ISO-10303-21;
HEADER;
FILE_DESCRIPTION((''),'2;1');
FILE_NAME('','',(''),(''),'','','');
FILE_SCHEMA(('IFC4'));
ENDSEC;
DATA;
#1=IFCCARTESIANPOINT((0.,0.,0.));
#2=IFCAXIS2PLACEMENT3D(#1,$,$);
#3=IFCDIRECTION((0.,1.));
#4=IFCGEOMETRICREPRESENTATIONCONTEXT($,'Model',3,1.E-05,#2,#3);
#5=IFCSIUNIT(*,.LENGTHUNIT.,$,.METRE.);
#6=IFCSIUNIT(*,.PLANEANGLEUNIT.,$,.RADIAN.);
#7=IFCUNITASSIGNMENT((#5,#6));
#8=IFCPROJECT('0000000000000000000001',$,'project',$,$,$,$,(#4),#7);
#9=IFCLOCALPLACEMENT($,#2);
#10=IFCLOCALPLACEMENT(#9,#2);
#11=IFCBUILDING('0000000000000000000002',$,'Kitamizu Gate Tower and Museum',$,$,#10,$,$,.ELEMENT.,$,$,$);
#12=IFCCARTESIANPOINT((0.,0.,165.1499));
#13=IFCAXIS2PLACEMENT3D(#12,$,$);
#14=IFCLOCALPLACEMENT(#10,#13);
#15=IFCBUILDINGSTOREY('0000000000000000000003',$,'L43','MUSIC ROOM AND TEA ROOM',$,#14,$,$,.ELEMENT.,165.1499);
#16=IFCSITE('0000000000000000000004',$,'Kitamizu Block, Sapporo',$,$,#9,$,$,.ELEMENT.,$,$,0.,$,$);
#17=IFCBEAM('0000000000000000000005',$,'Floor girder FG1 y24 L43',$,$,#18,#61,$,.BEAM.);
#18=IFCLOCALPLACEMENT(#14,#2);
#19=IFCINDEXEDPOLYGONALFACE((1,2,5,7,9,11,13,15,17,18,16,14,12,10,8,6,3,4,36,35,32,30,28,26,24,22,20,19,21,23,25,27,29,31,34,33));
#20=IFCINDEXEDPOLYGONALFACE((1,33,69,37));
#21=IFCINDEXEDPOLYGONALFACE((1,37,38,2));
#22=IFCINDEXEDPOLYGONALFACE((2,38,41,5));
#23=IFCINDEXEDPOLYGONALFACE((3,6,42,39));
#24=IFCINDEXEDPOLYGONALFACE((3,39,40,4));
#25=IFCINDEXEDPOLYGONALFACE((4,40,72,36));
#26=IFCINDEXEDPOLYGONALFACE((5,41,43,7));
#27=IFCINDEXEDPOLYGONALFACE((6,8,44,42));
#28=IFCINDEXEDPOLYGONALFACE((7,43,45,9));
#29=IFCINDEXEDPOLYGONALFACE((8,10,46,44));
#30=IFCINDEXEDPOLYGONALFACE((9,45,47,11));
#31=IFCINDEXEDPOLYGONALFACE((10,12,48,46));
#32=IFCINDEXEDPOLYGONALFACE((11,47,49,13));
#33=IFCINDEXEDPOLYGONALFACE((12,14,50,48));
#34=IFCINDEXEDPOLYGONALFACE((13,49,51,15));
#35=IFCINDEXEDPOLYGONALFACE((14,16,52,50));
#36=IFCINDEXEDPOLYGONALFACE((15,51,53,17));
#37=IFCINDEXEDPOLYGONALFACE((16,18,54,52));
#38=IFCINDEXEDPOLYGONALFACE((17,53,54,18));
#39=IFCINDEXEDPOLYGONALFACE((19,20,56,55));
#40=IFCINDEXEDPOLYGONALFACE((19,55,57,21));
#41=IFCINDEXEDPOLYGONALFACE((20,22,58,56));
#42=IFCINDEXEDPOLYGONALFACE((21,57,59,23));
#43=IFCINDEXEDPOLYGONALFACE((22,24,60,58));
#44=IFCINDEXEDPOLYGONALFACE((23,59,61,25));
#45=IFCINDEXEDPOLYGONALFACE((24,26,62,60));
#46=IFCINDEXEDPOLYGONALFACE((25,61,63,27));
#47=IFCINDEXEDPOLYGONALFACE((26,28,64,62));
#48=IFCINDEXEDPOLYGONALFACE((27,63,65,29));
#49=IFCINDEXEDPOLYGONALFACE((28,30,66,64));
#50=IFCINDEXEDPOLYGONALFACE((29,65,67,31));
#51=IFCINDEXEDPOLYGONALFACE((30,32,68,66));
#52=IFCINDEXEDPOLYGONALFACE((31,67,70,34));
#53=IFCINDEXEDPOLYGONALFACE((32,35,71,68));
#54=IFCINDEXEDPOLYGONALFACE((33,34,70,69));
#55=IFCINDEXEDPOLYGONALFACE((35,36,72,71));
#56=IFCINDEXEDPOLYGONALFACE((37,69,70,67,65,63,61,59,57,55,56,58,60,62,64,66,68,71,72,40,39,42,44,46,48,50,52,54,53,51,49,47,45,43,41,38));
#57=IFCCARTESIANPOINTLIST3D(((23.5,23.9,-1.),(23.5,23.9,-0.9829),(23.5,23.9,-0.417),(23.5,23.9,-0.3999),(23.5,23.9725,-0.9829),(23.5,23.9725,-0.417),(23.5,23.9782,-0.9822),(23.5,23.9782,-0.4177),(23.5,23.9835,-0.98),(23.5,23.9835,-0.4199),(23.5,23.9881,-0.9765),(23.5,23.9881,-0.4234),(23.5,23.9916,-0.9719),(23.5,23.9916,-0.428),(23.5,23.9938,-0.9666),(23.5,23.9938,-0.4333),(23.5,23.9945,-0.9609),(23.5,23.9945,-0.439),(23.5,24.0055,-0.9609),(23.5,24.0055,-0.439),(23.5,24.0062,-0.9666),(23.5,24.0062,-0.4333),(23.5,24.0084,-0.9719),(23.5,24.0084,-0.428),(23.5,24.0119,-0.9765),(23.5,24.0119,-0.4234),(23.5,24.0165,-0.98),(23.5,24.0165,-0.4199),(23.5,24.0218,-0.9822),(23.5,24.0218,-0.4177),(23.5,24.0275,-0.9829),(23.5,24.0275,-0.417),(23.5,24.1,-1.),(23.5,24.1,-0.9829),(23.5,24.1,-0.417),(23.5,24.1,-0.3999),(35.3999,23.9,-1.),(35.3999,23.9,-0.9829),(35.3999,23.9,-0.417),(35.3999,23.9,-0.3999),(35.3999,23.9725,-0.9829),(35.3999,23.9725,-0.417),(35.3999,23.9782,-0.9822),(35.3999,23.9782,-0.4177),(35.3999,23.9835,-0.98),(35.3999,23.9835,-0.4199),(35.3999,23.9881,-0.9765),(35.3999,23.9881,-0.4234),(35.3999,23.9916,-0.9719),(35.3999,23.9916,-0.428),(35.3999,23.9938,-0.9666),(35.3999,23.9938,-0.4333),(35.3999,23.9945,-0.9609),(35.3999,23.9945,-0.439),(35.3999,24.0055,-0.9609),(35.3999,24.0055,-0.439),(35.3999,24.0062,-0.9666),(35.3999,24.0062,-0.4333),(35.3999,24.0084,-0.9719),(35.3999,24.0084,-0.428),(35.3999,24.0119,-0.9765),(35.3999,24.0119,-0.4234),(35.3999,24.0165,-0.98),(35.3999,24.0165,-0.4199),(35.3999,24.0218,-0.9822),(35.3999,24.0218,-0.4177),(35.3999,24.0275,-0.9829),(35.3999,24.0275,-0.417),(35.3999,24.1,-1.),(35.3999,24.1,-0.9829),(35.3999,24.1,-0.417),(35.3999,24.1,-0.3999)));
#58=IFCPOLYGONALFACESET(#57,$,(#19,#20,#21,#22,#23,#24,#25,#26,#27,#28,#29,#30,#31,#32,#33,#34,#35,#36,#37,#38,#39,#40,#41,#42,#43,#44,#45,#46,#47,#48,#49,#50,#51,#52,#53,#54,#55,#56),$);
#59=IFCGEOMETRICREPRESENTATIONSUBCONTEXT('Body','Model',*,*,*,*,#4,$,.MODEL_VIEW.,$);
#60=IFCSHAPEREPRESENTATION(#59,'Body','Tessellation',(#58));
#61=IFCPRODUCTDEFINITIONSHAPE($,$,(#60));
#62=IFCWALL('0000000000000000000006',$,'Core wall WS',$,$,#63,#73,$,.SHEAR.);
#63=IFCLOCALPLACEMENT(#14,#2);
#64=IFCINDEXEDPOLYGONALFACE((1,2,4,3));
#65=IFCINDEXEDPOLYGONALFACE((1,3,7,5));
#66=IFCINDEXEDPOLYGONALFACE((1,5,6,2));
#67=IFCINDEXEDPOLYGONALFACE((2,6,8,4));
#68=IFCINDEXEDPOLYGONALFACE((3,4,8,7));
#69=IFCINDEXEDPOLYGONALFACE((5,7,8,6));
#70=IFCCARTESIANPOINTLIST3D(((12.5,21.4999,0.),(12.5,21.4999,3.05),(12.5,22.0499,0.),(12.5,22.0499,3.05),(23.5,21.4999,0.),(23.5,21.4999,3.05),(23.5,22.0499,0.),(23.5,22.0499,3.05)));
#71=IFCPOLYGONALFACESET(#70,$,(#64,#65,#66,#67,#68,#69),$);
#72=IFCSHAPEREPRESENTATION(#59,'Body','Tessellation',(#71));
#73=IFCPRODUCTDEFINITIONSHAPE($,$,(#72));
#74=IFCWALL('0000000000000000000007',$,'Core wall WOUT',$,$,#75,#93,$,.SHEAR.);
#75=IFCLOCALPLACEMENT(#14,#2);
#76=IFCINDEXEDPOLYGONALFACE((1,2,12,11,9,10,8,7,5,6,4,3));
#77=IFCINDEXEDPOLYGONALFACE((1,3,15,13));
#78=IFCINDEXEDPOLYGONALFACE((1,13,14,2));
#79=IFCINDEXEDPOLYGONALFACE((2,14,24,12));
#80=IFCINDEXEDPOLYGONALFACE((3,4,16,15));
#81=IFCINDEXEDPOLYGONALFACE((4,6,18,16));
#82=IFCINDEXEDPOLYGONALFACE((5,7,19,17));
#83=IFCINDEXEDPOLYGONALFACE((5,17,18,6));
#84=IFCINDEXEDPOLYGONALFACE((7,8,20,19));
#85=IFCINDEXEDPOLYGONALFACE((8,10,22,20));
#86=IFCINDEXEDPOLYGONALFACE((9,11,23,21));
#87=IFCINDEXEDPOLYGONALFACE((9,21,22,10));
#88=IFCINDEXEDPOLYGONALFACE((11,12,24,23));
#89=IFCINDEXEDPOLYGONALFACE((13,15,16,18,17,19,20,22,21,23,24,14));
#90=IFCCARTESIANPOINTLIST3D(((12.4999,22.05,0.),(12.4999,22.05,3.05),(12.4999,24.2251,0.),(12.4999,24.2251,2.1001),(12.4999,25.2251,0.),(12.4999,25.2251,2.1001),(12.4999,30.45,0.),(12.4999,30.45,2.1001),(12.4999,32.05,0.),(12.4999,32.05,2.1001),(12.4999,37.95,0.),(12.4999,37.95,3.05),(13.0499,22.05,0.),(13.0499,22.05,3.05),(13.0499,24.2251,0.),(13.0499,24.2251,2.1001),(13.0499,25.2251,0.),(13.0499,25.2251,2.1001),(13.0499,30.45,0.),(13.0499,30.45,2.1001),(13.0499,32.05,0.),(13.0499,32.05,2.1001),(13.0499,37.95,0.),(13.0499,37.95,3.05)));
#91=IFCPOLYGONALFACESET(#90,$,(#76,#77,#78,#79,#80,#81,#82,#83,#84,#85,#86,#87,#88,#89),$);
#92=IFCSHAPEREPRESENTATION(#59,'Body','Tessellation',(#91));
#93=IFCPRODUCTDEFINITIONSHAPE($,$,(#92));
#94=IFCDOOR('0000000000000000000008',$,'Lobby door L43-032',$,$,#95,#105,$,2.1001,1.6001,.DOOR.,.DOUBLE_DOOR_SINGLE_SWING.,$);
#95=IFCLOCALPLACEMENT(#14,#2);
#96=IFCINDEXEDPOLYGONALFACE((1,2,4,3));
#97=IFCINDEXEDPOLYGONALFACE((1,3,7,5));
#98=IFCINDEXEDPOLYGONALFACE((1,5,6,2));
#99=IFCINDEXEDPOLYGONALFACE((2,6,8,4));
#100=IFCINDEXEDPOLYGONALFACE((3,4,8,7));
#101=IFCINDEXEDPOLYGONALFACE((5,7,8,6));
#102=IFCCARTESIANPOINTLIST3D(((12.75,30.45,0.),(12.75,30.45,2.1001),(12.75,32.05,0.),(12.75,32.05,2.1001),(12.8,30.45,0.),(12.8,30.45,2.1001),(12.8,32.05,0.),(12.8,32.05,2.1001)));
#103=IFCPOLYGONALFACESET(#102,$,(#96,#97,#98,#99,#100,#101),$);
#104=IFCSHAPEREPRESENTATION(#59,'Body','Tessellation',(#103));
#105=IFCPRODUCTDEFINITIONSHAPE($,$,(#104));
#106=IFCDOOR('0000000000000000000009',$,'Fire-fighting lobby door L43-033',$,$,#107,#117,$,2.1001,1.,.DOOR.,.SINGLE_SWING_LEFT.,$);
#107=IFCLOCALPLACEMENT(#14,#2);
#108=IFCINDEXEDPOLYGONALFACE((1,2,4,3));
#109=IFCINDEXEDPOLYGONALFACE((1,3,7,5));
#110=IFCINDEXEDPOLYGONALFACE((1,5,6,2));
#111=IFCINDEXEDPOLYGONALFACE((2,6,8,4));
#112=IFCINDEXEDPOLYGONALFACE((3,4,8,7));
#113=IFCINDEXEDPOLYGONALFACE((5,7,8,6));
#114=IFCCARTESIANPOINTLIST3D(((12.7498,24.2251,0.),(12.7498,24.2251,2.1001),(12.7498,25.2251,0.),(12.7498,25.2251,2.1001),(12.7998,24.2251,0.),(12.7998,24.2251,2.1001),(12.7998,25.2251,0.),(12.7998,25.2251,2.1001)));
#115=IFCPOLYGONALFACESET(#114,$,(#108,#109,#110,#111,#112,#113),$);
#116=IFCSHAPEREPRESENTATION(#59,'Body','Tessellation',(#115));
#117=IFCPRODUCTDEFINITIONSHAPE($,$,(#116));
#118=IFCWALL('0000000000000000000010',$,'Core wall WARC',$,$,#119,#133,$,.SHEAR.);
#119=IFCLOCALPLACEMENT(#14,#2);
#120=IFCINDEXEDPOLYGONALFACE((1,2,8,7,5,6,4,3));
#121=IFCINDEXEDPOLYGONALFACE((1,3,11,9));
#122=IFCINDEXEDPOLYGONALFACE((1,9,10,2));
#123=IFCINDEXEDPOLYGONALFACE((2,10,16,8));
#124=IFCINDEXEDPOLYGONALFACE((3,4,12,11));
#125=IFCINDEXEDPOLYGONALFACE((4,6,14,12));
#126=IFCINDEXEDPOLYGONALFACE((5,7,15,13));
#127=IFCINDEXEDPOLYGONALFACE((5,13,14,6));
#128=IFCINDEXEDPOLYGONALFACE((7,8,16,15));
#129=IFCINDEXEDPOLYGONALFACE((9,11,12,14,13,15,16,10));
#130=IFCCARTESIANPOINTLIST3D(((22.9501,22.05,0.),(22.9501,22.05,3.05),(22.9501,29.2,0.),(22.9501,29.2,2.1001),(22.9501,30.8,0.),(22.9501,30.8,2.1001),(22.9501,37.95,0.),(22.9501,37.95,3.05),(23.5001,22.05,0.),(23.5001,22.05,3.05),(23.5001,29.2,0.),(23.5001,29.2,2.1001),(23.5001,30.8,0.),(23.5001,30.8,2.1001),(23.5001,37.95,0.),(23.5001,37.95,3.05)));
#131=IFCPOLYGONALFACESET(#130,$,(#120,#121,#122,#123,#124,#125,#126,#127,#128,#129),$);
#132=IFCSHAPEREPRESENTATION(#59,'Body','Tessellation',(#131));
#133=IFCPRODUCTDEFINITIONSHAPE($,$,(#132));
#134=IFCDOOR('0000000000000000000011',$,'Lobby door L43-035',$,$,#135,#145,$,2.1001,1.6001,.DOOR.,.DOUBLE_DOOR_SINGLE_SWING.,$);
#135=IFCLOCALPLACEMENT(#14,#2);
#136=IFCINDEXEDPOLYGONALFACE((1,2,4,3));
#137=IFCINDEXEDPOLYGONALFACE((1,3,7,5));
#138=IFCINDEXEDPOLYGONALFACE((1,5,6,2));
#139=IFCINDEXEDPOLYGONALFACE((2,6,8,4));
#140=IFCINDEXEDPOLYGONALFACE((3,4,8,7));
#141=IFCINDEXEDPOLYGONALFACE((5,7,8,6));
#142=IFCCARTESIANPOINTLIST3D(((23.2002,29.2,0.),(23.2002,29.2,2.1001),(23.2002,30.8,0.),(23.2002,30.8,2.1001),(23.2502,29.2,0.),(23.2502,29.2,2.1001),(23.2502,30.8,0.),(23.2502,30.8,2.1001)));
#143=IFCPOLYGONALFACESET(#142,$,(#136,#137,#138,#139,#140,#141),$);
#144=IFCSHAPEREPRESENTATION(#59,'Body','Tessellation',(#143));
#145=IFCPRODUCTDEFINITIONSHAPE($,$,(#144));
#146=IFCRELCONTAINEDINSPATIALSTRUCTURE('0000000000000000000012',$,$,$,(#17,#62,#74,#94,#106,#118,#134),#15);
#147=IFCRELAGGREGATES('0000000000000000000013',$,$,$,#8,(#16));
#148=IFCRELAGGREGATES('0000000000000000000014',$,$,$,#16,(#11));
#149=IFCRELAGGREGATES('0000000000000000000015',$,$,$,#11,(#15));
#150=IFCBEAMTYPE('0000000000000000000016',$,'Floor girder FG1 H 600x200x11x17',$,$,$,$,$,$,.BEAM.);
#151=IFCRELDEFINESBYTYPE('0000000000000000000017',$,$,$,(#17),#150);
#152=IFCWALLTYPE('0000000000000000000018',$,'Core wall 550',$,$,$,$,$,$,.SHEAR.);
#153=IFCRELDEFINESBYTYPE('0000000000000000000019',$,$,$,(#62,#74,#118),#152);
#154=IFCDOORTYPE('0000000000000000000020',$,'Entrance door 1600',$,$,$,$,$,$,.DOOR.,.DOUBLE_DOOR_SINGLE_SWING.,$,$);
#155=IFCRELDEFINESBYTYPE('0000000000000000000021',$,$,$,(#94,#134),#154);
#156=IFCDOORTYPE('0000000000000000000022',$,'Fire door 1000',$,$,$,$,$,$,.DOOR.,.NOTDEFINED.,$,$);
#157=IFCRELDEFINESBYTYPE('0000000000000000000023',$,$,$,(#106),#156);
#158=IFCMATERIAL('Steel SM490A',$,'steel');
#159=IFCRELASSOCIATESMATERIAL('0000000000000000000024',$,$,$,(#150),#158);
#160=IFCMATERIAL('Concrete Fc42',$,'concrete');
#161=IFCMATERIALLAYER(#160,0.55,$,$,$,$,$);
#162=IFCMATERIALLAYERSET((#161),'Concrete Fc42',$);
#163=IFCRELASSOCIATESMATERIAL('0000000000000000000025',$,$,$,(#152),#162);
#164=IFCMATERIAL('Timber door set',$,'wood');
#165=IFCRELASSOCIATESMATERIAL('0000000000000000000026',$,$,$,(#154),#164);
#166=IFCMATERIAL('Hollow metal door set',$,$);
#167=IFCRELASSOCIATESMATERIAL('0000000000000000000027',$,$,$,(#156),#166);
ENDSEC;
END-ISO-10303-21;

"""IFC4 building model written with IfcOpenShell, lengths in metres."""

from ifc_helpers import new_model, si_unit, direction, frame, frame_2d, origin, origin_2d, place, context, subcontext, project, spatial, rectangle, i_section, extrude, material, layer, layer_set, material_profile, profile_set, type_object, element, fill, save


model = new_model("IFC4")

# Units and contexts
model_context = context("Model", 3, precision=1e-05, world=origin(), true_north=direction((0.0, 1.0)))
body_context = subcontext(model_context, "Body", "Model", "MODEL_VIEW")
ifc_project = project(units=[si_unit("LENGTHUNIT", "METRE"), si_unit("PLANEANGLEUNIT", "RADIAN")], contexts=[model_context])

# Site, building, storey
site_placement = place(None, origin())
site = spatial("IfcSite", under=ifc_project, at=site_placement, Name="Kitamizu Block, Sapporo", CompositionType="ELEMENT", RefElevation=0.0)
building_placement = place(site_placement, origin())
building = spatial("IfcBuilding", under=site, at=building_placement, Name="Kitamizu Gate Tower and Museum", CompositionType="ELEMENT")
storey_placement = place(building_placement, frame((0.0, 0.0, 165.1499)))
storey = spatial("IfcBuildingStorey", under=building, at=storey_placement, Name="L43", Description="MUSIC ROOM AND TEA ROOM", CompositionType="ELEMENT", Elevation=165.1499)

# Beam
ifc_material_1 = material(Name="Steel SM490A", Category="steel")
ifc_material_profile = material_profile(ifc_material_1, i_section(OverallWidth=0.2, OverallDepth=0.6001, WebThickness=0.011, FlangeThickness=0.0171, FilletRadius=0.022, at=origin_2d()), Name="H-600x200x11x17")
ifc_profile_set = profile_set([ifc_material_profile], Name="Steel SM490A")
beam_type = type_object("IfcBeamType", Name="Floor girder FG1 H 600x200x11x17", PredefinedType="BEAM", material=ifc_profile_set)
beam_placement = place(storey_placement, frame((23.5, 24.0, -0.7), z_axis=(1.0, 0.0, 0.0), x_axis=(0.0, 1.0, 0.0)))
element("IfcBeam", 1, at=beam_placement, inside=storey, type_object=beam_type, Name="Floor girder FG1 y24 L43", PredefinedType="BEAM", context=body_context, shape_type="SweptSolid", body=[
    extrude(i_section(OverallWidth=0.2, OverallDepth=0.6001, WebThickness=0.011, FlangeThickness=0.0171, FilletRadius=0.022, at=origin_2d()), origin(), (0.0, 0.0, 1.0), 11.8999),
])

# Wall
ifc_material_2 = material(Name="Concrete Fc42", Category="concrete")
ifc_layer_1 = layer(ifc_material_2, 0.55)
ifc_layer_set_1 = layer_set([ifc_layer_1], Name="Concrete Fc42")
wall_type_1 = type_object("IfcWallType", Name="Core wall 550", PredefinedType="SHEAR", material=ifc_layer_set_1)
wall_1_placement = place(storey_placement, frame((12.5, 21.7749, 0.0), z_axis=(0.0, 0.0, 1.0), x_axis=(1.0, 0.0, 0.0)))
element("IfcWall", 2, at=wall_1_placement, inside=storey, type_object=wall_type_1, Name="Core wall WS", PredefinedType="SHEAR", context=body_context, shape_type="SweptSolid", body=[
    extrude(rectangle(XDim=11.0, YDim=0.55, at=frame_2d((5.5, 0.0))), origin(), (0.0, 0.0, 1.0), 3.05),
])

# Wall, openings, doors
wall_2_placement = place(storey_placement, frame((12.7749, 22.05, 0.0), z_axis=(0.0, 0.0, 1.0), x_axis=(0.0, 1.0, 0.0)))
wall_2 = element("IfcWall", 3, at=wall_2_placement, inside=storey, type_object=wall_type_1, Name="Core wall WOUT", PredefinedType="SHEAR", context=body_context, shape_type="SweptSolid", body=[
    extrude(rectangle(XDim=15.8999, YDim=0.55, at=frame_2d((7.95, 0.0))), origin(), (0.0, 0.0, 1.0), 3.05),
])
opening_1_placement = place(wall_2_placement, frame((8.3999, 0.0, 0.0)))
opening_1 = element("IfcOpeningElement", 4, at=opening_1_placement, cuts=wall_2, PredefinedType="OPENING", context=body_context, shape_type="SweptSolid", body=[
    extrude(rectangle(XDim=1.6001, YDim=2.1001, at=frame_2d((0.8, 1.05))), frame((0.0, 0.2852, 0.0), z_axis=(0.0, -1.0, 0.0), x_axis=(1.0, 0.0, 0.0)), (0.0, 0.0, 1.0), 0.5701),
])
opening_2_placement = place(wall_2_placement, frame((2.175, 0.0, 0.0)))
opening_2 = element("IfcOpeningElement", 5, at=opening_2_placement, cuts=wall_2, PredefinedType="OPENING", context=body_context, shape_type="SweptSolid", body=[
    extrude(rectangle(XDim=1.0, YDim=2.1001, at=frame_2d((0.5, 1.05))), frame((0.0, 0.2852, 0.0), z_axis=(0.0, -1.0, 0.0), x_axis=(1.0, 0.0, 0.0)), (0.0, 0.0, 1.0), 0.5701),
])
ifc_material_3 = material(Name="Timber door set", Category="wood")
door_type_1 = type_object("IfcDoorType", Name="Entrance door 1600", OperationType="DOUBLE_DOOR_SINGLE_SWING", PredefinedType="DOOR", material=ifc_material_3)
door_1_placement = place(opening_1_placement, origin())
door_1 = element("IfcDoor", 6, at=door_1_placement, inside=storey, type_object=door_type_1, Name="Lobby door L43-032", OperationType="DOUBLE_DOOR_SINGLE_SWING", OverallHeight=2.1001, OverallWidth=1.6001, PredefinedType="DOOR", context=body_context, shape_type="SweptSolid", body=[
    extrude(rectangle(XDim=1.6001, YDim=2.1001, at=frame_2d((0.8, 1.05))), frame((0.0, 0.0249, 0.0), z_axis=(0.0, -1.0, 0.0), x_axis=(1.0, 0.0, 0.0)), (0.0, 0.0, 1.0), 0.05),
])
fill(opening_1, door_1)
ifc_material_4 = material(Name="Hollow metal door set")
door_type_2 = type_object("IfcDoorType", Name="Fire door 1000", OperationType="NOTDEFINED", PredefinedType="DOOR", material=ifc_material_4)
door_2_placement = place(opening_2_placement, frame((1.0, 0.0, 0.0), x_axis=(-1.0, 0.0, 0.0)))
door_2 = element("IfcDoor", 7, at=door_2_placement, inside=storey, type_object=door_type_2, Name="Fire-fighting lobby door L43-033", OperationType="SINGLE_SWING_LEFT", OverallHeight=2.1001, OverallWidth=1.0, PredefinedType="DOOR", context=body_context, shape_type="SweptSolid", body=[
    extrude(rectangle(XDim=1.0, YDim=2.1001, at=frame_2d((0.5, 1.05))), frame((0.0, 0.0249, 0.0), z_axis=(0.0, -1.0, 0.0), x_axis=(1.0, 0.0, 0.0)), (0.0, 0.0, 1.0), 0.05),
])
fill(opening_2, door_2)

# Wall, opening, door
wall_3_placement = place(storey_placement, frame((23.2251, 22.05, 0.0), z_axis=(0.0, 0.0, 1.0), x_axis=(0.0, 1.0, 0.0)))
wall_3 = element("IfcWall", 8, at=wall_3_placement, inside=storey, type_object=wall_type_1, Name="Core wall WARC", PredefinedType="SHEAR", context=body_context, shape_type="SweptSolid", body=[
    extrude(rectangle(XDim=15.8999, YDim=0.55, at=frame_2d((7.95, 0.0))), origin(), (0.0, 0.0, 1.0), 3.05),
])
opening_3_placement = place(wall_3_placement, frame((7.1499, 0.0, 0.0)))
opening_3 = element("IfcOpeningElement", 9, at=opening_3_placement, cuts=wall_3, PredefinedType="OPENING", context=body_context, shape_type="SweptSolid", body=[
    extrude(rectangle(XDim=1.6001, YDim=2.1001, at=frame_2d((0.8, 1.05))), frame((0.0, 0.2852, 0.0), z_axis=(0.0, -1.0, 0.0), x_axis=(1.0, 0.0, 0.0)), (0.0, 0.0, 1.0), 0.5701),
])
door_3_placement = place(opening_3_placement, origin())
door_3 = element("IfcDoor", 10, at=door_3_placement, inside=storey, type_object=door_type_1, Name="Lobby door L43-035", OperationType="DOUBLE_DOOR_SINGLE_SWING", OverallHeight=2.1001, OverallWidth=1.6001, PredefinedType="DOOR", context=body_context, shape_type="SweptSolid", body=[
    extrude(rectangle(XDim=1.6001, YDim=2.1001, at=frame_2d((0.8, 1.05))), frame((0.0, 0.0249, 0.0), z_axis=(0.0, -1.0, 0.0), x_axis=(1.0, 0.0, 0.0)), (0.0, 0.0, 1.0), 0.05),
])
fill(opening_3, door_3)

save(model, "model.ifc")
